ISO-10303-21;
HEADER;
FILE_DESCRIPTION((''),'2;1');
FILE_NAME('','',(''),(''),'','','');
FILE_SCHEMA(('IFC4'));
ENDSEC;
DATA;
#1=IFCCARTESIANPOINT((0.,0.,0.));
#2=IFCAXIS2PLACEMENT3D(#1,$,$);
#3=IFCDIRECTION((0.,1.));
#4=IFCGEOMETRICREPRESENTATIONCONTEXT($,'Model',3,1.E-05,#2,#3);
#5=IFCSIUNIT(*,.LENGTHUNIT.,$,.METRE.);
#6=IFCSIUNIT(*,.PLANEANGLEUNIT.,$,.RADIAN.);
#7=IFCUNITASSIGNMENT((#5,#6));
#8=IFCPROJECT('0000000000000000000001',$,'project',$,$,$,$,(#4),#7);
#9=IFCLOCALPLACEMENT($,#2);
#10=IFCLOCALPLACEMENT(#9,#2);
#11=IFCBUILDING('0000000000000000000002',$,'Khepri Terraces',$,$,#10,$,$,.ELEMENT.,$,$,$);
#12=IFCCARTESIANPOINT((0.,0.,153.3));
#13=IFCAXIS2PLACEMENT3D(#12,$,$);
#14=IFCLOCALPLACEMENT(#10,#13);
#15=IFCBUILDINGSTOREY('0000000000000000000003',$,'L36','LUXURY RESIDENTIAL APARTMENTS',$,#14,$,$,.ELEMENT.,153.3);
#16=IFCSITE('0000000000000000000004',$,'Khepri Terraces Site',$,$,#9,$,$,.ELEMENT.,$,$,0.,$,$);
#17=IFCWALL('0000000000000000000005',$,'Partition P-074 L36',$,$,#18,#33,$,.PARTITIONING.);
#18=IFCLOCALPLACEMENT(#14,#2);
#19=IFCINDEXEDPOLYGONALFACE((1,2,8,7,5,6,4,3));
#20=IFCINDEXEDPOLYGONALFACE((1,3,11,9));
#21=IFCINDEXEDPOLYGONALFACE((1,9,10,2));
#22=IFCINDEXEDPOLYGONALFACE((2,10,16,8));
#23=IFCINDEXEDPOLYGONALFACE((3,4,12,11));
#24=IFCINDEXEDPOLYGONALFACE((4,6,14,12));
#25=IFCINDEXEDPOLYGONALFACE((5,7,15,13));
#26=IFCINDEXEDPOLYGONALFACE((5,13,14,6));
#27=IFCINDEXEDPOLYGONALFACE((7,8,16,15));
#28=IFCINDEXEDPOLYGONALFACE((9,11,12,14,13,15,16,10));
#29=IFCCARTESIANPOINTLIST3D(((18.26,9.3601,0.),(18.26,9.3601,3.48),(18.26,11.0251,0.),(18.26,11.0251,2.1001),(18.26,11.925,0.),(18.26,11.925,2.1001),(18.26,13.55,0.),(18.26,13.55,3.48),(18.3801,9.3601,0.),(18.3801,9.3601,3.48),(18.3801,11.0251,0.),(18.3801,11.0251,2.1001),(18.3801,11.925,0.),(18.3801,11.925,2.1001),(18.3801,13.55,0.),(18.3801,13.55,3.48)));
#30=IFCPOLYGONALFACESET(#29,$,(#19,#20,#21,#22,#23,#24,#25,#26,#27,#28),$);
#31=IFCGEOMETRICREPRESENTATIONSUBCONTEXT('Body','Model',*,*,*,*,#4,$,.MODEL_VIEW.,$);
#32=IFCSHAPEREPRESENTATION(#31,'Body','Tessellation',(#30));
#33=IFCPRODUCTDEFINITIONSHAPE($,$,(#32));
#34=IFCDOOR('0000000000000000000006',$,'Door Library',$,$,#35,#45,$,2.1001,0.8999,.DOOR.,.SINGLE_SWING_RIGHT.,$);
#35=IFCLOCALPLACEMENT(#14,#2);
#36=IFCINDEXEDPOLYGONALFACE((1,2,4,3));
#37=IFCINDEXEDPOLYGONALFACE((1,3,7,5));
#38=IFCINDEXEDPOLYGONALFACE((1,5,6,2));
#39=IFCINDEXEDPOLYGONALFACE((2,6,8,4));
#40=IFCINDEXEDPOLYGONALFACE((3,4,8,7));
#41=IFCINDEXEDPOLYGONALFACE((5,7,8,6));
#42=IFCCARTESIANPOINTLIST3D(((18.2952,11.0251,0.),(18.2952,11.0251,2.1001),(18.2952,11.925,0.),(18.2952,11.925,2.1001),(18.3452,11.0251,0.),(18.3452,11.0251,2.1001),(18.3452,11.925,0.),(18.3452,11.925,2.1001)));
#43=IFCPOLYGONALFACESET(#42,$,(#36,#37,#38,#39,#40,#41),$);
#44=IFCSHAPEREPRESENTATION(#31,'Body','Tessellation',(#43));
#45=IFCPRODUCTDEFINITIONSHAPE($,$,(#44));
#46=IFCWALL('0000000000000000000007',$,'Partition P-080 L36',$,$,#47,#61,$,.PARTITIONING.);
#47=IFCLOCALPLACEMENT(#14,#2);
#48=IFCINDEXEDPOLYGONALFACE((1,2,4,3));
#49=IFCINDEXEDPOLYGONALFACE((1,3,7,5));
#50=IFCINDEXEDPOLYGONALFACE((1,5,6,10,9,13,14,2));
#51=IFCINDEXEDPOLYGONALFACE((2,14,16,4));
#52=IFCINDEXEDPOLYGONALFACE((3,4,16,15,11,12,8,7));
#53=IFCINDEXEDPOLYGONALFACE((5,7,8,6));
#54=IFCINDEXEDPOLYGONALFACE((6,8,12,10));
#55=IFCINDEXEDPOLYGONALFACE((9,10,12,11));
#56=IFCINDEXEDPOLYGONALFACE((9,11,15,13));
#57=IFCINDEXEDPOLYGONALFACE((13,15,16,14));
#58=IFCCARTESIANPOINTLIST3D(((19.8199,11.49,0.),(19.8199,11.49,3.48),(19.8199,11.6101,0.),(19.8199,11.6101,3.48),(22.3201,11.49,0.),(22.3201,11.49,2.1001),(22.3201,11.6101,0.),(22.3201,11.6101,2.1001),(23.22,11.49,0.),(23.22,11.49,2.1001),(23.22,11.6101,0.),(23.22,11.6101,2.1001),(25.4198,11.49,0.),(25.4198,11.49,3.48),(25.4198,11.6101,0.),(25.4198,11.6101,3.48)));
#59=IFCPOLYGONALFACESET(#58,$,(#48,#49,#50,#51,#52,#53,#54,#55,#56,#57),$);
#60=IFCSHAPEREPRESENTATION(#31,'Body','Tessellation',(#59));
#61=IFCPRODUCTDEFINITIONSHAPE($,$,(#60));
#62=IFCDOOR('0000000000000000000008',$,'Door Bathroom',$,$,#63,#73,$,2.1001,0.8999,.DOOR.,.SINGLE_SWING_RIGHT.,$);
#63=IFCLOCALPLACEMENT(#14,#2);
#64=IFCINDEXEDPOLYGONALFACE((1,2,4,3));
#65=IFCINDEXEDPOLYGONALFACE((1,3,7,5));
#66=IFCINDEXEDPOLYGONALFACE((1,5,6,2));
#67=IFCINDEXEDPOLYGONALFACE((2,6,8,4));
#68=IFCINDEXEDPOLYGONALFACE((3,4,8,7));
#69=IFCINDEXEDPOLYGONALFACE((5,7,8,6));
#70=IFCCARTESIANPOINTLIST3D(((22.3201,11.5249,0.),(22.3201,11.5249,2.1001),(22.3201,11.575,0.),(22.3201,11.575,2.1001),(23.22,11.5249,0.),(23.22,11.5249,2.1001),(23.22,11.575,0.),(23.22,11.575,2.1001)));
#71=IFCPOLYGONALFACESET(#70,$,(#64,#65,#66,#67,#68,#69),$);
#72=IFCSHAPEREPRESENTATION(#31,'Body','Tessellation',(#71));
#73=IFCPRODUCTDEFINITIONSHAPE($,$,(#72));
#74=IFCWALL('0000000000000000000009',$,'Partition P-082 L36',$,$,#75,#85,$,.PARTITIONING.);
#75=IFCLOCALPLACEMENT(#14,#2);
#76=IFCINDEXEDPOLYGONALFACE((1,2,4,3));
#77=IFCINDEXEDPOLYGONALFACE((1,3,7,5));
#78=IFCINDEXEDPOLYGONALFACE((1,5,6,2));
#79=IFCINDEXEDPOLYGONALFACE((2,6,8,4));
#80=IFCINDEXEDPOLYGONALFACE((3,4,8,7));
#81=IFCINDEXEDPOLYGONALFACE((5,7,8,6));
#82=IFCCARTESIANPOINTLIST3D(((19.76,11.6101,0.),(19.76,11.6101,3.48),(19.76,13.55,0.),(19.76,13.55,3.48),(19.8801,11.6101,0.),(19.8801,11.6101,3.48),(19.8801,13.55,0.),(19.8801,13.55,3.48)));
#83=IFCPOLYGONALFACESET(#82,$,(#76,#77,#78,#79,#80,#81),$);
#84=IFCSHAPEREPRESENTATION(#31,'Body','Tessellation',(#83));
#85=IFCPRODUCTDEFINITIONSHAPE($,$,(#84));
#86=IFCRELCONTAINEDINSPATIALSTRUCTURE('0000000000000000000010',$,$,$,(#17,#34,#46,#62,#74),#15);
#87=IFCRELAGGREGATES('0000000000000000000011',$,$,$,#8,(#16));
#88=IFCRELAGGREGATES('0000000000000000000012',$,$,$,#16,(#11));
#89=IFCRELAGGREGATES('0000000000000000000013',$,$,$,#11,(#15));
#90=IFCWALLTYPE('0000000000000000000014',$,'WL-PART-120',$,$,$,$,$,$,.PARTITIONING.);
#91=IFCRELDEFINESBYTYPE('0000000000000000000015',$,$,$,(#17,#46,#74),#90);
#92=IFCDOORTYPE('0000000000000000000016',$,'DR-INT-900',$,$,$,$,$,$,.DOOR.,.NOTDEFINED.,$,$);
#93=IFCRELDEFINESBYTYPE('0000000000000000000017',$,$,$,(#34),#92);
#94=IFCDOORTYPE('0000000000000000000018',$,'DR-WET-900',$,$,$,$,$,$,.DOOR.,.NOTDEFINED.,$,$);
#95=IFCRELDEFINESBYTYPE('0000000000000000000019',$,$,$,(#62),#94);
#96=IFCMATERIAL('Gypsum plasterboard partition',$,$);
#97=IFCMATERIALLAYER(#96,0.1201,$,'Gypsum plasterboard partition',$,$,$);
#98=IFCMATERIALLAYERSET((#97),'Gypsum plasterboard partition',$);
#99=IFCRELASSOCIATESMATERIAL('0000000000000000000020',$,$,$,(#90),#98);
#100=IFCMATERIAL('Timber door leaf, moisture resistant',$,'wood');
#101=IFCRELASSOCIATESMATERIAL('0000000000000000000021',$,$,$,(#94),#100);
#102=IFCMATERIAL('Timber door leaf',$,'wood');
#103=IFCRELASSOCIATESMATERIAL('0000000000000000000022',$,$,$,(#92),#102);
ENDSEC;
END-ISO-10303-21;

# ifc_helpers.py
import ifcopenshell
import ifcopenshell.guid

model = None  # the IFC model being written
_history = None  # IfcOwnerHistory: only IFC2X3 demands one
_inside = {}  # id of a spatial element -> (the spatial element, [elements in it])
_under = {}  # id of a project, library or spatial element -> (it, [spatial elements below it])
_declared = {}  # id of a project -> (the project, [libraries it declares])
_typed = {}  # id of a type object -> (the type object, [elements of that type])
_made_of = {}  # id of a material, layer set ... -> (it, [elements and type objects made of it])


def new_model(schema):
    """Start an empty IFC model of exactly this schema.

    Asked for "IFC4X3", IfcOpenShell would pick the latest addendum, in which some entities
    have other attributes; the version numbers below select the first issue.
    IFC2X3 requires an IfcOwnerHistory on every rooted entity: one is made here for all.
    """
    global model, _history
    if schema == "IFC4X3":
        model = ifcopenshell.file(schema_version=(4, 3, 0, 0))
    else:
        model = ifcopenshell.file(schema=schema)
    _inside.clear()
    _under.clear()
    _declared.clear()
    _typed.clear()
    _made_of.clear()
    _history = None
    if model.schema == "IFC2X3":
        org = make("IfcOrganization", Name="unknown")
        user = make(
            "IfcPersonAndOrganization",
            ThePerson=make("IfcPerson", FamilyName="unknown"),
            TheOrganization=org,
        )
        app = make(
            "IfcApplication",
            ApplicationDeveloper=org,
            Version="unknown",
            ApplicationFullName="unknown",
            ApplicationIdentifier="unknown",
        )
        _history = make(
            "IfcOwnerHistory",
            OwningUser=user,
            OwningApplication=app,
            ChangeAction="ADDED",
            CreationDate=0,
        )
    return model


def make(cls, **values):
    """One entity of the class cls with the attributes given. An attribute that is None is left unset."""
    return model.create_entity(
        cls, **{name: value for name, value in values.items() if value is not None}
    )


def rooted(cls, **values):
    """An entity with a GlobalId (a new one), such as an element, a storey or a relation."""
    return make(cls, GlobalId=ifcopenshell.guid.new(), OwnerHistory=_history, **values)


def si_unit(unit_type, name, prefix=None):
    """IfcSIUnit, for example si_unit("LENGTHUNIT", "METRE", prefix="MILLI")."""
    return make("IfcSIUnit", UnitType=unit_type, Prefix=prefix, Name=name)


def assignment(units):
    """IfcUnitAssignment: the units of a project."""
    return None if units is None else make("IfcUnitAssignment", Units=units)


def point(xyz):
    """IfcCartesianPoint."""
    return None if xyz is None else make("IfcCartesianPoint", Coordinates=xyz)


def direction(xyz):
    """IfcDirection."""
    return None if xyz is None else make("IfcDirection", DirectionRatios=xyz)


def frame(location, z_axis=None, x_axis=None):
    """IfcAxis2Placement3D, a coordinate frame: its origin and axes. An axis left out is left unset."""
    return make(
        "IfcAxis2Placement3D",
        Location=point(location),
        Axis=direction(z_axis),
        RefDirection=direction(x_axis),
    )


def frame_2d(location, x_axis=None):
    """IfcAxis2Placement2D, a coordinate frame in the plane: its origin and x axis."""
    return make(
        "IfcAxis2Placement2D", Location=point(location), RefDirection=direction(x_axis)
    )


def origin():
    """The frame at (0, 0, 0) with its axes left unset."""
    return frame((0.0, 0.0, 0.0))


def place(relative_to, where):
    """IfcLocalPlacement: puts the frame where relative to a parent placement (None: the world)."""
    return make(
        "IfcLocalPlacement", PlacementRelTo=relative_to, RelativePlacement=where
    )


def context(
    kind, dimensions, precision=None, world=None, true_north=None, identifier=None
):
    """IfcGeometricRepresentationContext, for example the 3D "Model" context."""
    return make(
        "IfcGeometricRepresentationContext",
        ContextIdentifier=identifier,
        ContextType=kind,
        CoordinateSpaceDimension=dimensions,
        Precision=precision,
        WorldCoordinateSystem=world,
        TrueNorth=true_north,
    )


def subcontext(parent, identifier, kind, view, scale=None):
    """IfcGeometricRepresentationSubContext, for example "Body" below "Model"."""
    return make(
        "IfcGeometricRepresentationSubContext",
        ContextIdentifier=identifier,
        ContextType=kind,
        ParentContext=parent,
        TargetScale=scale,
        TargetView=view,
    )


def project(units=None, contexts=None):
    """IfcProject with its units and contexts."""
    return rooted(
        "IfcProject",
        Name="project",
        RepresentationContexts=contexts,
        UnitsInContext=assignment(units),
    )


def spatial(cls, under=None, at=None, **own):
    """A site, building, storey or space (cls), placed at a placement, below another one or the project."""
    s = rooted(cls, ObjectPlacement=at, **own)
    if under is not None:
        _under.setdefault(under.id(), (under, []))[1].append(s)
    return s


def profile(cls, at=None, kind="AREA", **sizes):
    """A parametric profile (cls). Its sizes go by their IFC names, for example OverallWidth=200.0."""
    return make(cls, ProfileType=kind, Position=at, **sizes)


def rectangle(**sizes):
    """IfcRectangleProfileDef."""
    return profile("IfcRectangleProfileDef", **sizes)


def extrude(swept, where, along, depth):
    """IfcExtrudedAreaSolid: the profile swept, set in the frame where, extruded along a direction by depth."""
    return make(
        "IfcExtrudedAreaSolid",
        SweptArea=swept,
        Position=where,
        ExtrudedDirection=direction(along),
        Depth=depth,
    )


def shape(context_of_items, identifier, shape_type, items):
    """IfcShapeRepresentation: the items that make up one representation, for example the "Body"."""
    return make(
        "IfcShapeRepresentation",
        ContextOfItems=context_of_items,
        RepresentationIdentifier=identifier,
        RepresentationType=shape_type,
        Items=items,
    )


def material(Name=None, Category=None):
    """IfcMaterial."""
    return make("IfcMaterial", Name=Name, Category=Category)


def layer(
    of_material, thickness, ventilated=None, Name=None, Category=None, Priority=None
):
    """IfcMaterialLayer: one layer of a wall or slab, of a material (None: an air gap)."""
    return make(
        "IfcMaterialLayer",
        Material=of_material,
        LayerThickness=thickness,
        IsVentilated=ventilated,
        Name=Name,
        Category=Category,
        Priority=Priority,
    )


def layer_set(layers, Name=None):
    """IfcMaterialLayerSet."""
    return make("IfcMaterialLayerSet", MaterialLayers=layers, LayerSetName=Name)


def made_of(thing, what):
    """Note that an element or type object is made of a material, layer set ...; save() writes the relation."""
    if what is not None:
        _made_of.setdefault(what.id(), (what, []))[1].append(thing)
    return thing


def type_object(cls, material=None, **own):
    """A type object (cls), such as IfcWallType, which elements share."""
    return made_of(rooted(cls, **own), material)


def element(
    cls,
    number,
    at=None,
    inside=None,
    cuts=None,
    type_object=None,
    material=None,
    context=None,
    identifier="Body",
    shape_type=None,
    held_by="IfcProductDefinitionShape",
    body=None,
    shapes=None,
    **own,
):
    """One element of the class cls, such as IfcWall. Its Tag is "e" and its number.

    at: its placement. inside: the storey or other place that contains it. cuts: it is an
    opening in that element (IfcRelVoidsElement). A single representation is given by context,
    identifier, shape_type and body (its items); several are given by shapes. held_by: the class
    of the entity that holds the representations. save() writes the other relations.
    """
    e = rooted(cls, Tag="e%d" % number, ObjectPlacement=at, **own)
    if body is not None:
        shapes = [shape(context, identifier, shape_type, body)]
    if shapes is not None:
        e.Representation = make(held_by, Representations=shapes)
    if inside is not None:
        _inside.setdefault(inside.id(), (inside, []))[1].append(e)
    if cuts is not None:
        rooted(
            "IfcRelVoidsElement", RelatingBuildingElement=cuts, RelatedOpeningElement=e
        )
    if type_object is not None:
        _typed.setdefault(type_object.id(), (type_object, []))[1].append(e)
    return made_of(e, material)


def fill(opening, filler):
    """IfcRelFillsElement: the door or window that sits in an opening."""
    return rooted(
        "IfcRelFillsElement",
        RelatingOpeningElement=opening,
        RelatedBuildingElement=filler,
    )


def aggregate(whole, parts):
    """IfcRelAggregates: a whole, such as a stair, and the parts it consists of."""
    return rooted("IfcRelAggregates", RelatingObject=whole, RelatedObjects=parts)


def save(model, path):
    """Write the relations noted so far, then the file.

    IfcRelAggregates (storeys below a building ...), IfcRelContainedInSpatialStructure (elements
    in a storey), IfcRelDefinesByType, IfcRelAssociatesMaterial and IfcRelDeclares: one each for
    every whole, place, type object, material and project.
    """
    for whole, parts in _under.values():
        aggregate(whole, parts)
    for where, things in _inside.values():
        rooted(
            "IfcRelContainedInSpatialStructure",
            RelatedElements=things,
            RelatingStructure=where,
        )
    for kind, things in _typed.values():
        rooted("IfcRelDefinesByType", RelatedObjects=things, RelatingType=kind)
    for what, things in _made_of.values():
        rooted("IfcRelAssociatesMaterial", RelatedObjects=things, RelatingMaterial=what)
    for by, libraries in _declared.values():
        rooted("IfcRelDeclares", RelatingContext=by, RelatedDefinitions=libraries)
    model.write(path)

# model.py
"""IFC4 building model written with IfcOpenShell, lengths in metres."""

from ifc_helpers import new_model, si_unit, direction, frame, frame_2d, origin, place, context, subcontext, project, spatial, rectangle, extrude, material, layer, layer_set, type_object, element, fill, save


model = new_model("IFC4")

# Units and contexts
model_context = context("Model", 3, precision=1e-05, world=origin(), true_north=direction((0.0, 1.0)))
body_context = subcontext(model_context, "Body", "Model", "MODEL_VIEW")
ifc_project = project(units=[si_unit("LENGTHUNIT", "METRE"), si_unit("PLANEANGLEUNIT", "RADIAN")], contexts=[model_context])

# Site, building, storey
site_placement = place(None, origin())
site = spatial("IfcSite", under=ifc_project, at=site_placement, Name="Khepri Terraces Site", CompositionType="ELEMENT", RefElevation=0.0)
building_placement = place(site_placement, origin())
building = spatial("IfcBuilding", under=site, at=building_placement, Name="Khepri Terraces", CompositionType="ELEMENT")
storey_placement = place(building_placement, frame((0.0, 0.0, 153.3)))
storey = spatial("IfcBuildingStorey", under=building, at=storey_placement, Name="L36", Description="LUXURY RESIDENTIAL APARTMENTS", CompositionType="ELEMENT", Elevation=153.3)

# Walls, openings, doors
ifc_material_1 = material(Name="Gypsum plasterboard partition")
ifc_layer_1 = layer(ifc_material_1, 0.1201, Name="Gypsum plasterboard partition")
ifc_layer_set_1 = layer_set([ifc_layer_1], Name="Gypsum plasterboard partition")
wall_type_1 = type_object("IfcWallType", Name="WL-PART-120", PredefinedType="PARTITIONING", material=ifc_layer_set_1)
ifc_material_2 = material(Name="Timber door leaf, moisture resistant", Category="wood")
door_type_1 = type_object("IfcDoorType", Name="DR-WET-900", OperationType="NOTDEFINED", PredefinedType="DOOR", material=ifc_material_2)
wall_1_placement = place(storey_placement, frame((18.3201, 9.3601, 0.0), z_axis=(0.0, 0.0, 1.0), x_axis=(0.0, 1.0, 0.0)))
wall_1 = element("IfcWall", 1, at=wall_1_placement, inside=storey, type_object=wall_type_1, Name="Partition P-074 L36", PredefinedType="PARTITIONING", context=body_context, shape_type="SweptSolid", body=[
    extrude(rectangle(XDim=4.1899, YDim=0.1201, at=frame_2d((2.095, 0.0))), origin(), (0.0, 0.0, 1.0), 3.48),
])
opening_1_placement = place(wall_1_placement, frame((1.665, 0.0, 0.0)))
opening_1 = element("IfcOpeningElement", 2, at=opening_1_placement, cuts=wall_1, PredefinedType="OPENING", context=body_context, shape_type="SweptSolid", body=[
    extrude(rectangle(XDim=0.8999, YDim=2.1001, at=frame_2d((0.45, 1.05))), frame((0.0, 0.0701, 0.0), z_axis=(0.0, -1.0, 0.0), x_axis=(1.0, 0.0, 0.0)), (0.0, 0.0, 1.0), 0.1401),
])
ifc_material_3 = material(Name="Timber door leaf", Category="wood")
door_type_2 = type_object("IfcDoorType", Name="DR-INT-900", OperationType="NOTDEFINED", PredefinedType="DOOR", material=ifc_material_3)
door_1_placement = place(opening_1_placement, origin())
door_1 = element("IfcDoor", 3, at=door_1_placement, inside=storey, type_object=door_type_2, Name="Door Library", OperationType="SINGLE_SWING_RIGHT", OverallHeight=2.1001, OverallWidth=0.8999, PredefinedType="DOOR", context=body_context, shape_type="SweptSolid", body=[
    extrude(rectangle(XDim=0.8999, YDim=2.1001, at=frame_2d((0.45, 1.05))), frame((0.0, 0.0249, 0.0), z_axis=(0.0, -1.0, 0.0), x_axis=(1.0, 0.0, 0.0)), (0.0, 0.0, 1.0), 0.05),
])
fill(opening_1, door_1)
wall_2_placement = place(storey_placement, frame((19.8201, 11.55, 0.0), z_axis=(0.0, 0.0, 1.0), x_axis=(1.0, 0.0, 0.0)))
wall_2 = element("IfcWall", 4, at=wall_2_placement, inside=storey, type_object=wall_type_1, Name="Partition P-080 L36", PredefinedType="PARTITIONING", context=body_context, shape_type="SweptSolid", body=[
    extrude(rectangle(XDim=5.5999, YDim=0.1201, at=frame_2d((2.7998, 0.0))), origin(), (0.0, 0.0, 1.0), 3.48),
])
opening_2_placement = place(wall_2_placement, frame((2.5, 0.0, 0.0)))
opening_2 = element("IfcOpeningElement", 5, at=opening_2_placement, cuts=wall_2, PredefinedType="OPENING", context=body_context, shape_type="SweptSolid", body=[
    extrude(rectangle(XDim=0.8999, YDim=2.1001, at=frame_2d((0.45, 1.05))), frame((0.0, 0.0701, 0.0), z_axis=(0.0, -1.0, 0.0), x_axis=(1.0, 0.0, 0.0)), (0.0, 0.0, 1.0), 0.1401),
])
door_2_placement = place(opening_2_placement, origin())
door_2 = element("IfcDoor", 6, at=door_2_placement, inside=storey, type_object=door_type_1, Name="Door Bathroom", OperationType="SINGLE_SWING_RIGHT", OverallHeight=2.1001, OverallWidth=0.8999, PredefinedType="DOOR", context=body_context, shape_type="SweptSolid", body=[
    extrude(rectangle(XDim=0.8999, YDim=2.1001, at=frame_2d((0.45, 1.05))), frame((0.0, 0.0249, 0.0), z_axis=(0.0, -1.0, 0.0), x_axis=(1.0, 0.0, 0.0)), (0.0, 0.0, 1.0), 0.05),
])
fill(opening_2, door_2)

# Wall
wall_3_placement = place(storey_placement, frame((19.8201, 11.6101, 0.0), z_axis=(0.0, 0.0, 1.0), x_axis=(0.0, 1.0, 0.0)))
element("IfcWall", 7, at=wall_3_placement, inside=storey, type_object=wall_type_1, Name="Partition P-082 L36", PredefinedType="PARTITIONING", context=body_context, shape_type="SweptSolid", body=[
    extrude(rectangle(XDim=1.9399, YDim=0.1201, at=frame_2d((0.97, 0.0))), origin(), (0.0, 0.0, 1.0), 3.48),
])

save(model, "model.ifc")
